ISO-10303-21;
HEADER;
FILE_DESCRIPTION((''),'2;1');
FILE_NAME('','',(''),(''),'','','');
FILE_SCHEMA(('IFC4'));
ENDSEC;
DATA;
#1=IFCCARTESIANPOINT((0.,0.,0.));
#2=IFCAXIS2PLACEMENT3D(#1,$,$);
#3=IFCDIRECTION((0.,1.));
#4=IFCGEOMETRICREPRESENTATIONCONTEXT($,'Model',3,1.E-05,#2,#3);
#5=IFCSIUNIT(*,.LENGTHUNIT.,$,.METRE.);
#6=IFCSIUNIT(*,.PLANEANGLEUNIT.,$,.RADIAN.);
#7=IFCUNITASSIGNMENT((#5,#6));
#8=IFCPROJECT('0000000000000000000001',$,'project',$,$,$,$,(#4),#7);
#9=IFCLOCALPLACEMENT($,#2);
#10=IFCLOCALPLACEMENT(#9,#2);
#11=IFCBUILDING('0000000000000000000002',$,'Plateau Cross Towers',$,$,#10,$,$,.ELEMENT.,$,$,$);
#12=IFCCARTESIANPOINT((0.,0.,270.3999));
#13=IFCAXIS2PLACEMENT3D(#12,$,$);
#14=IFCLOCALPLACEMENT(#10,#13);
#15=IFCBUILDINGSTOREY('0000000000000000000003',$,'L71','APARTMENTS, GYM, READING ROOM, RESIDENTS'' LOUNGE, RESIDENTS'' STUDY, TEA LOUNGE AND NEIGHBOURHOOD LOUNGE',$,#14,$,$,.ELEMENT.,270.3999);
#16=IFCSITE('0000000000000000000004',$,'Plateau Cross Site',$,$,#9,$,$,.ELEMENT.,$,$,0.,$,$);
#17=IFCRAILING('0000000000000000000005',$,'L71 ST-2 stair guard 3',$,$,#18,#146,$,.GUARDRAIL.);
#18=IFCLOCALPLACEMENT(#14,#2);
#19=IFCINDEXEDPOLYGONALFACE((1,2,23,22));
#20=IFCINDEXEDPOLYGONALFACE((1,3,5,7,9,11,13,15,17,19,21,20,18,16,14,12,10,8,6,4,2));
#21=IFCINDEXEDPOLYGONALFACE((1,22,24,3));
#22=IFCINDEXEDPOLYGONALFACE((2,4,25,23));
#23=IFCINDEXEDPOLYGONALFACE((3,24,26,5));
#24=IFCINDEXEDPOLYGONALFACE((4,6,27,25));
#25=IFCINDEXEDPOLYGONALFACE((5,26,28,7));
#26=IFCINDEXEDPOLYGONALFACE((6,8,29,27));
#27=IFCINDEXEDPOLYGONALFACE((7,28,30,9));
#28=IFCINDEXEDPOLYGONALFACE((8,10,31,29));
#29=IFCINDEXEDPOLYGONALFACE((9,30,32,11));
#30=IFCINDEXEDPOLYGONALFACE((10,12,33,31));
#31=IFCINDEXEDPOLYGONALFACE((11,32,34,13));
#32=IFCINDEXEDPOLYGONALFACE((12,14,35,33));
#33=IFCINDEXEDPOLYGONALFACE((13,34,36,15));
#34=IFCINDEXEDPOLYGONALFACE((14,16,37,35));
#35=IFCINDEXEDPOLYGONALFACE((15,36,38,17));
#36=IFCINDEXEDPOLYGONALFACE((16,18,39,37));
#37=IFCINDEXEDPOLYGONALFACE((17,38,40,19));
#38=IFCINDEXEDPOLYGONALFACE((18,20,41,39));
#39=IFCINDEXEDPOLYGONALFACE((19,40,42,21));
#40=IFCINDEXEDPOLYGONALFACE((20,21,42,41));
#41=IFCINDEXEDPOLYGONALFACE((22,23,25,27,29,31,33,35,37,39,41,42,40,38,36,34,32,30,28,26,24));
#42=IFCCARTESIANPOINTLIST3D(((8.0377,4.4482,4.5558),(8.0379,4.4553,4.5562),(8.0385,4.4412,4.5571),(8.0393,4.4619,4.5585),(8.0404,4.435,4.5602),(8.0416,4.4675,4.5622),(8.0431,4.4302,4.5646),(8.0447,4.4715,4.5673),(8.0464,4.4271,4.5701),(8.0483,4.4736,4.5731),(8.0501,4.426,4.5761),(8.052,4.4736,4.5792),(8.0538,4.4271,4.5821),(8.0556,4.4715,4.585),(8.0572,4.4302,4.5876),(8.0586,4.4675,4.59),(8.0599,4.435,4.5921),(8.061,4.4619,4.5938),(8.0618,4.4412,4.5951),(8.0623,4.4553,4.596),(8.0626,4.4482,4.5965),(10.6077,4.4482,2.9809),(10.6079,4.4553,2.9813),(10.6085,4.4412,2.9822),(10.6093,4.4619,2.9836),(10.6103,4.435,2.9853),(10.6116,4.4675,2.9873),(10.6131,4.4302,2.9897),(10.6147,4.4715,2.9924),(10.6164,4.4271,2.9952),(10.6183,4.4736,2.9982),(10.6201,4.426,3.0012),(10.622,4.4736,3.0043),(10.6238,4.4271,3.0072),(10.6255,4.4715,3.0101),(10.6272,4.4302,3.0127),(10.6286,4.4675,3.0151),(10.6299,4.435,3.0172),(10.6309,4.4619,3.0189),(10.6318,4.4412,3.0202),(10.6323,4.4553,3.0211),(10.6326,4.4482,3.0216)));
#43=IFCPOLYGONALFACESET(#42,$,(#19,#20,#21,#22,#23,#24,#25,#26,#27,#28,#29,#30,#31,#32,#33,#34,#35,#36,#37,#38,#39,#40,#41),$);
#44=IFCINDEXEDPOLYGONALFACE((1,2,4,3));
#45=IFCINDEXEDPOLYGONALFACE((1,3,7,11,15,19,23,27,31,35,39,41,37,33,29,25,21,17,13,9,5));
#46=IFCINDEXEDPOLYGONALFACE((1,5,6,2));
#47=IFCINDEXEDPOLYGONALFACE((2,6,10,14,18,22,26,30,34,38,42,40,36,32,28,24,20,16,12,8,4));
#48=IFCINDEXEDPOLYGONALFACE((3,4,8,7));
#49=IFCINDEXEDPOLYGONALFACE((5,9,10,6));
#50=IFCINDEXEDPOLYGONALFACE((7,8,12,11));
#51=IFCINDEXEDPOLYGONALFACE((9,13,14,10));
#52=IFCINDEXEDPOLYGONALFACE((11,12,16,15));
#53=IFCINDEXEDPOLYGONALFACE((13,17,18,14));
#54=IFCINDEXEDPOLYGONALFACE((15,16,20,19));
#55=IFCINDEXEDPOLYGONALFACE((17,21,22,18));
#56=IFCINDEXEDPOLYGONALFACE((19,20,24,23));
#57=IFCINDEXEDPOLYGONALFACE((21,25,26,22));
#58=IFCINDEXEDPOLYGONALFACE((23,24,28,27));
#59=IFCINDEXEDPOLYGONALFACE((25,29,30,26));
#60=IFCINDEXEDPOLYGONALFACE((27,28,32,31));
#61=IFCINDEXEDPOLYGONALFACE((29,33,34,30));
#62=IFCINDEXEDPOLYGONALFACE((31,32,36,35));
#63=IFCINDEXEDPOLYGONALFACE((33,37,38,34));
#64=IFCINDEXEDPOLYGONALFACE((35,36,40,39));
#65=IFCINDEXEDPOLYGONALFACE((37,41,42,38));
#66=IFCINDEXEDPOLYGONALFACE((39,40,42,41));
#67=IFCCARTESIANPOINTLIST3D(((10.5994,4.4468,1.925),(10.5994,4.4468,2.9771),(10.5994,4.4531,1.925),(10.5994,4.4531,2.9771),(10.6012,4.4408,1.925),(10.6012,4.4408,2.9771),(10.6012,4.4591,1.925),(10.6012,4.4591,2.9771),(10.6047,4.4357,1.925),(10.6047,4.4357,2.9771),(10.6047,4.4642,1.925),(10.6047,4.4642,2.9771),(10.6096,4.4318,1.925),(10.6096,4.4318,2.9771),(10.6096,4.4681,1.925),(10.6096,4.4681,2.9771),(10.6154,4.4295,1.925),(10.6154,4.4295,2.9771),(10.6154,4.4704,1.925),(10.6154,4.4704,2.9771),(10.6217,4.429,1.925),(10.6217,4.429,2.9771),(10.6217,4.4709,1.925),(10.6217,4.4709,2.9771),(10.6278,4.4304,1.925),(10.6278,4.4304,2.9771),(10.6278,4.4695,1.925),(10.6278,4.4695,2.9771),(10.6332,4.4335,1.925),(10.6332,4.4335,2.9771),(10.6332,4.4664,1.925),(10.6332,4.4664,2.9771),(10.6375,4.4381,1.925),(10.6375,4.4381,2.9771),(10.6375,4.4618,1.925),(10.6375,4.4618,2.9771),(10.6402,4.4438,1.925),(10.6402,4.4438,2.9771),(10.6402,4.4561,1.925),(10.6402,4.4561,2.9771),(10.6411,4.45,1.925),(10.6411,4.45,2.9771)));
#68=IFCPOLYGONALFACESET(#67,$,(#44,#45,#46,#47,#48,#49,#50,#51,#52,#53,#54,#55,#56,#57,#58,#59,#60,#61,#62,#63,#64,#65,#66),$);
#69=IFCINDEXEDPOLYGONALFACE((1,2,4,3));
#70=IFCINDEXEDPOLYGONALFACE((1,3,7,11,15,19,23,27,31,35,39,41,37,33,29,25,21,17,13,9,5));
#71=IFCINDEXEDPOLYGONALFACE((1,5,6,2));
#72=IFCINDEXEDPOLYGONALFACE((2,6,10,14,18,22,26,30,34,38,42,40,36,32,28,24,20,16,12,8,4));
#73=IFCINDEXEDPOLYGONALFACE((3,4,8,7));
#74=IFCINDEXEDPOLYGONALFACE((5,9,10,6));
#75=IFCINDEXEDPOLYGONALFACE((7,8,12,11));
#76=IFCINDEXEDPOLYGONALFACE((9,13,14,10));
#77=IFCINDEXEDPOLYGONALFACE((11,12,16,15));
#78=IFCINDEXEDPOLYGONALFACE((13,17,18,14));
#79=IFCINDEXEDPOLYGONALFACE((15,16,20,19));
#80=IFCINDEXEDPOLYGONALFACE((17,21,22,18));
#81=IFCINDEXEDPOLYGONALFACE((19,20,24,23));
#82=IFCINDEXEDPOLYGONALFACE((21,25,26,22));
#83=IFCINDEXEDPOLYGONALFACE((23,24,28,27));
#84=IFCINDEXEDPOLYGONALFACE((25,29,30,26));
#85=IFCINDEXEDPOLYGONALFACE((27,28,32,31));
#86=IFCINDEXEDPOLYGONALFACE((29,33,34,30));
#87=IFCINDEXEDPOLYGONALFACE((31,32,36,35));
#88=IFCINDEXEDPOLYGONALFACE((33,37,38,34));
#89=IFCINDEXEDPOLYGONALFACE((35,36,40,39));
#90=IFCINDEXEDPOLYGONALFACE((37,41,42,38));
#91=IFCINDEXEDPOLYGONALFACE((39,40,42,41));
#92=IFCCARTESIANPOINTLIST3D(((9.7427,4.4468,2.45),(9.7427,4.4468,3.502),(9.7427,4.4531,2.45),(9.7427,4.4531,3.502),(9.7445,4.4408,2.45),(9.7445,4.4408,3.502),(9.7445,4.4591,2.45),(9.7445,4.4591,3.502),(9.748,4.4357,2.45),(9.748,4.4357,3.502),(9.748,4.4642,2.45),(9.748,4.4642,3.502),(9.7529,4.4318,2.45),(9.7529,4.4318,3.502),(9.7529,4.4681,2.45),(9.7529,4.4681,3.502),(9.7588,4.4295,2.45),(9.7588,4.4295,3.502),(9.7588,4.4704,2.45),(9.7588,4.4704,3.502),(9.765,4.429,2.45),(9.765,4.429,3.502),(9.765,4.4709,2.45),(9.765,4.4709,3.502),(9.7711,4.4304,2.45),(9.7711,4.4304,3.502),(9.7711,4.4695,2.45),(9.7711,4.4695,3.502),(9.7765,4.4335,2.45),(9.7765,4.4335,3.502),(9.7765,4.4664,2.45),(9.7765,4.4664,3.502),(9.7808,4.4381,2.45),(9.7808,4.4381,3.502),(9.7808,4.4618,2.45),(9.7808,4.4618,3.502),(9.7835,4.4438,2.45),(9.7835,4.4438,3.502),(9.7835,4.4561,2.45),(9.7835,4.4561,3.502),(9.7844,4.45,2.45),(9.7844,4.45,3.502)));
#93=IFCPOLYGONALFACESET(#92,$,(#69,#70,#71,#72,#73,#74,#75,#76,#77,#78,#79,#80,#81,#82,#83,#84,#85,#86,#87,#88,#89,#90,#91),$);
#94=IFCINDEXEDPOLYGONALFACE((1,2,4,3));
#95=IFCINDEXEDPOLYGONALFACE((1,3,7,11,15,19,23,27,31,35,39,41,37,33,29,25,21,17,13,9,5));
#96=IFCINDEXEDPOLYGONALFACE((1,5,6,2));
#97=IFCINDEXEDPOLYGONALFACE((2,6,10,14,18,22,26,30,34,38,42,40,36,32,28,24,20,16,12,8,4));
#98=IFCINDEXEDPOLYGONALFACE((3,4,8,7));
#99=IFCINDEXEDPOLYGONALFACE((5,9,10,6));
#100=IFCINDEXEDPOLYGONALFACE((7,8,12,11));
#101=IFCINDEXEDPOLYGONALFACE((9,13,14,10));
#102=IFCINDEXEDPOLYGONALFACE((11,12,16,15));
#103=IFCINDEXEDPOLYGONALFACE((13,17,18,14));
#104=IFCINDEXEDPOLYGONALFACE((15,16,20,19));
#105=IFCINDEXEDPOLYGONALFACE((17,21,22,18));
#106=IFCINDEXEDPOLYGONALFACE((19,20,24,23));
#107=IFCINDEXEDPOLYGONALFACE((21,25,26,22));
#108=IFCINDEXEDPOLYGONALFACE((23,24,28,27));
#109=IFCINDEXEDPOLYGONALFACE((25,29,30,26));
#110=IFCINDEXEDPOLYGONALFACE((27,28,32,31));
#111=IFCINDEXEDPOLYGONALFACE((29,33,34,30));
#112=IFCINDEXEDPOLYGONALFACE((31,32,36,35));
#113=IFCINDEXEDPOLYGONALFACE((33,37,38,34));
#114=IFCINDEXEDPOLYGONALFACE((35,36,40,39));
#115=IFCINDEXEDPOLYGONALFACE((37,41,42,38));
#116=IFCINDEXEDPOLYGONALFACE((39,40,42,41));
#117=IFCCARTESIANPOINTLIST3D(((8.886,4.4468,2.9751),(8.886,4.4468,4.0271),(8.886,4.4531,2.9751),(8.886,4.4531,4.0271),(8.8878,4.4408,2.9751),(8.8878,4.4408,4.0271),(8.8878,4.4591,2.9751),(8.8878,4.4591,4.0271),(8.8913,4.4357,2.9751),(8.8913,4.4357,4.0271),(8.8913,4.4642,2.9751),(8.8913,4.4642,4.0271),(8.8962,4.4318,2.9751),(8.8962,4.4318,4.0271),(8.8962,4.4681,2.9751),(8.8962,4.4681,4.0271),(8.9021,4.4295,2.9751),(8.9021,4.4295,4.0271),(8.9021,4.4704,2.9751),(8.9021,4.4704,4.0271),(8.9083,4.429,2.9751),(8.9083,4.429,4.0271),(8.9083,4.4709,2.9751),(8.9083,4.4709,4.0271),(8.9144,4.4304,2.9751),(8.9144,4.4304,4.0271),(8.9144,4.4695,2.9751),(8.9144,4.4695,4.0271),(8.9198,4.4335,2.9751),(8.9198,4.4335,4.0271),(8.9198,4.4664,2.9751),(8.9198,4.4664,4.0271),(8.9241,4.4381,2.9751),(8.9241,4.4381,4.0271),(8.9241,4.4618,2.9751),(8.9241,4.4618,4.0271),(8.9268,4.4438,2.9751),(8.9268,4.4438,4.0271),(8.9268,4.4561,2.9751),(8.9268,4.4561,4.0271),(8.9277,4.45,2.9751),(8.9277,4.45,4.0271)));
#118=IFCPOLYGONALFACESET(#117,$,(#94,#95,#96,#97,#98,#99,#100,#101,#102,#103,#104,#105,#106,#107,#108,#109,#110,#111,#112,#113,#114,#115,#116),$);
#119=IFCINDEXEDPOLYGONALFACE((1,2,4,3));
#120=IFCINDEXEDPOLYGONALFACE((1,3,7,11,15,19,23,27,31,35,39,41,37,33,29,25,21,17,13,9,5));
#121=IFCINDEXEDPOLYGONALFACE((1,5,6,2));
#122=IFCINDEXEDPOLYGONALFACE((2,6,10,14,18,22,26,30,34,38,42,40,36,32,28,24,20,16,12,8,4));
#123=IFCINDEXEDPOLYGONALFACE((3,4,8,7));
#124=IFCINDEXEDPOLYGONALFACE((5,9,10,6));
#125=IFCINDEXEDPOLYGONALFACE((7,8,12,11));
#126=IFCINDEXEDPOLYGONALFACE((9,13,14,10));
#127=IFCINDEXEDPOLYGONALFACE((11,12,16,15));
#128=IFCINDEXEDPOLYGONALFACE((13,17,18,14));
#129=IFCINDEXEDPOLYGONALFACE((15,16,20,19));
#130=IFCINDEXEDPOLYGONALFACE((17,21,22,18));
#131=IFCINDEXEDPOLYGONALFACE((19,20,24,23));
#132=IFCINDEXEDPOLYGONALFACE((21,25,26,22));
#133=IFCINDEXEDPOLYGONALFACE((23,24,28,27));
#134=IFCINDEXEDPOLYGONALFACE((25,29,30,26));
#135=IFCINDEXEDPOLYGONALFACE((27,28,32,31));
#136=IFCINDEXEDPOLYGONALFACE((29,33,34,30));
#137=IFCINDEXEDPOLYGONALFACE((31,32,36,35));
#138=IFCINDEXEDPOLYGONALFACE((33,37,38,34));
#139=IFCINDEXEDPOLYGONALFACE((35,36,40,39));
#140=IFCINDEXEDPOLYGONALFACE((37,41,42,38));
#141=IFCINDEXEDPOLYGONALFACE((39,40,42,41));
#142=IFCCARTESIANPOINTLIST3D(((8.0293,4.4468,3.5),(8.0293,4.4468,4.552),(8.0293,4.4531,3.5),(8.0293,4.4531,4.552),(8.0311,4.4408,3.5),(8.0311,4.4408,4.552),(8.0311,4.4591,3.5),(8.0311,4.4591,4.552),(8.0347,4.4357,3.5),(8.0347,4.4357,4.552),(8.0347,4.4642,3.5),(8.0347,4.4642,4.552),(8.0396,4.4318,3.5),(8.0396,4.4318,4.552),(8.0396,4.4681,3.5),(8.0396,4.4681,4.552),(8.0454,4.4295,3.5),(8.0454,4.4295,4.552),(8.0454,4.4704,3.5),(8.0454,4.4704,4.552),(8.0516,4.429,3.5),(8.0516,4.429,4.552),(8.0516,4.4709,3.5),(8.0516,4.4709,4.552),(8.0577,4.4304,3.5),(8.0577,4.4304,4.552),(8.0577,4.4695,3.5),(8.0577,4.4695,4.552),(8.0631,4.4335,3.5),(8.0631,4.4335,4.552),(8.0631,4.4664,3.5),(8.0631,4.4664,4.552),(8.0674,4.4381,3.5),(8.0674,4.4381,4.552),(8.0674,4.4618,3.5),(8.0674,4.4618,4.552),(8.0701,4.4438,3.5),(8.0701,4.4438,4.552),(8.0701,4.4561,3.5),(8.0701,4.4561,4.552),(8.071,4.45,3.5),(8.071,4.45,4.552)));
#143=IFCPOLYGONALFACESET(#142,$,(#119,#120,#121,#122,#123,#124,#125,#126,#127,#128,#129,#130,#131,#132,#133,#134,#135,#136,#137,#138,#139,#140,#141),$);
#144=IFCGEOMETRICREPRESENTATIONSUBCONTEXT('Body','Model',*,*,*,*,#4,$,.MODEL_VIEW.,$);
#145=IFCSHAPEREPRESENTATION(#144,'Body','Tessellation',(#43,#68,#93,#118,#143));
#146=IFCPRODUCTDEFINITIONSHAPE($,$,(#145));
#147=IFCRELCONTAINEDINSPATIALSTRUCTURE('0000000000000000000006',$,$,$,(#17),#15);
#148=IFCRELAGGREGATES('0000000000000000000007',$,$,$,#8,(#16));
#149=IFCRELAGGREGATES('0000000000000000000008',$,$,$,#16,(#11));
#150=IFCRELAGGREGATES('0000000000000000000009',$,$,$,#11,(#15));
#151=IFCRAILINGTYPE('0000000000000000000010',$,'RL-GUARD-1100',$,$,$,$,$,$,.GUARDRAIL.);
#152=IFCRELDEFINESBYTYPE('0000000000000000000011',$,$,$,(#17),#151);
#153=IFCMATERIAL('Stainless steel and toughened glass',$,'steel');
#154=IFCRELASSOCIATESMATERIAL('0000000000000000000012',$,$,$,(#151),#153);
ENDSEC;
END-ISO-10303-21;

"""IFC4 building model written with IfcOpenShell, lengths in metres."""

from ifc_helpers import new_model, si_unit, direction, frame, origin, origin_2d, place, context, subcontext, project, spatial, circle, extrude, material, type_object, element, save


model = new_model("IFC4")

# Units and contexts
model_context = context("Model", 3, precision=1e-05, world=origin(), true_north=direction((0.0, 1.0)))
body_context = subcontext(model_context, "Body", "Model", "MODEL_VIEW")
ifc_project = project(units=[si_unit("LENGTHUNIT", "METRE"), si_unit("PLANEANGLEUNIT", "RADIAN")], contexts=[model_context])

# Site, building, storey
site_placement = place(None, origin())
site = spatial("IfcSite", under=ifc_project, at=site_placement, Name="Plateau Cross Site", CompositionType="ELEMENT", RefElevation=0.0)
building_placement = place(site_placement, origin())
building = spatial("IfcBuilding", under=site, at=building_placement, Name="Plateau Cross Towers", CompositionType="ELEMENT")
storey_placement = place(building_placement, frame((0.0, 0.0, 270.3999)))
storey = spatial("IfcBuildingStorey", under=building, at=storey_placement, Name="L71", Description="APARTMENTS, GYM, READING ROOM, RESIDENTS' LOUNGE, RESIDENTS' STUDY, TEA LOUNGE AND NEIGHBOURHOOD LOUNGE", CompositionType="ELEMENT", Elevation=270.3999)

# Railing
ifc_material_1 = material(Name="Stainless steel and toughened glass", Category="steel")
railing_type_1 = type_object("IfcRailingType", Name="RL-GUARD-1100", PredefinedType="GUARDRAIL", material=ifc_material_1)
railing_1_placement = place(storey_placement, frame((10.6201, 4.45, 1.925)))
element("IfcRailing", 1, at=railing_1_placement, inside=storey, type_object=railing_type_1, Name="L71 ST-2 stair guard 3", PredefinedType="GUARDRAIL", context=body_context, shape_type="SweptSolid", body=[
    extrude(circle(Radius=0.0239, at=origin_2d()), frame((0.0, 0.0, 1.0762), z_axis=(-0.852639, 0.0, 0.522501), x_axis=(0.0, -1.0, 0.0)), (0.0, 0.0, 1.0), 3.0142),
    extrude(circle(Radius=0.021, at=origin_2d()), origin(), (0.0, 0.0, 1.0), 1.052),
    extrude(circle(Radius=0.021, at=origin_2d()), frame((-0.8567, 0.0, 0.5249)), (0.0, 0.0, 1.0), 1.052),
    extrude(circle(Radius=0.021, at=origin_2d()), frame((-1.7134, 0.0, 1.05)), (0.0, 0.0, 1.0), 1.052),
    extrude(circle(Radius=0.021, at=origin_2d()), frame((-2.5701, 0.0, 1.575)), (0.0, 0.0, 1.0), 1.052),
])

save(model, "model.ifc")
